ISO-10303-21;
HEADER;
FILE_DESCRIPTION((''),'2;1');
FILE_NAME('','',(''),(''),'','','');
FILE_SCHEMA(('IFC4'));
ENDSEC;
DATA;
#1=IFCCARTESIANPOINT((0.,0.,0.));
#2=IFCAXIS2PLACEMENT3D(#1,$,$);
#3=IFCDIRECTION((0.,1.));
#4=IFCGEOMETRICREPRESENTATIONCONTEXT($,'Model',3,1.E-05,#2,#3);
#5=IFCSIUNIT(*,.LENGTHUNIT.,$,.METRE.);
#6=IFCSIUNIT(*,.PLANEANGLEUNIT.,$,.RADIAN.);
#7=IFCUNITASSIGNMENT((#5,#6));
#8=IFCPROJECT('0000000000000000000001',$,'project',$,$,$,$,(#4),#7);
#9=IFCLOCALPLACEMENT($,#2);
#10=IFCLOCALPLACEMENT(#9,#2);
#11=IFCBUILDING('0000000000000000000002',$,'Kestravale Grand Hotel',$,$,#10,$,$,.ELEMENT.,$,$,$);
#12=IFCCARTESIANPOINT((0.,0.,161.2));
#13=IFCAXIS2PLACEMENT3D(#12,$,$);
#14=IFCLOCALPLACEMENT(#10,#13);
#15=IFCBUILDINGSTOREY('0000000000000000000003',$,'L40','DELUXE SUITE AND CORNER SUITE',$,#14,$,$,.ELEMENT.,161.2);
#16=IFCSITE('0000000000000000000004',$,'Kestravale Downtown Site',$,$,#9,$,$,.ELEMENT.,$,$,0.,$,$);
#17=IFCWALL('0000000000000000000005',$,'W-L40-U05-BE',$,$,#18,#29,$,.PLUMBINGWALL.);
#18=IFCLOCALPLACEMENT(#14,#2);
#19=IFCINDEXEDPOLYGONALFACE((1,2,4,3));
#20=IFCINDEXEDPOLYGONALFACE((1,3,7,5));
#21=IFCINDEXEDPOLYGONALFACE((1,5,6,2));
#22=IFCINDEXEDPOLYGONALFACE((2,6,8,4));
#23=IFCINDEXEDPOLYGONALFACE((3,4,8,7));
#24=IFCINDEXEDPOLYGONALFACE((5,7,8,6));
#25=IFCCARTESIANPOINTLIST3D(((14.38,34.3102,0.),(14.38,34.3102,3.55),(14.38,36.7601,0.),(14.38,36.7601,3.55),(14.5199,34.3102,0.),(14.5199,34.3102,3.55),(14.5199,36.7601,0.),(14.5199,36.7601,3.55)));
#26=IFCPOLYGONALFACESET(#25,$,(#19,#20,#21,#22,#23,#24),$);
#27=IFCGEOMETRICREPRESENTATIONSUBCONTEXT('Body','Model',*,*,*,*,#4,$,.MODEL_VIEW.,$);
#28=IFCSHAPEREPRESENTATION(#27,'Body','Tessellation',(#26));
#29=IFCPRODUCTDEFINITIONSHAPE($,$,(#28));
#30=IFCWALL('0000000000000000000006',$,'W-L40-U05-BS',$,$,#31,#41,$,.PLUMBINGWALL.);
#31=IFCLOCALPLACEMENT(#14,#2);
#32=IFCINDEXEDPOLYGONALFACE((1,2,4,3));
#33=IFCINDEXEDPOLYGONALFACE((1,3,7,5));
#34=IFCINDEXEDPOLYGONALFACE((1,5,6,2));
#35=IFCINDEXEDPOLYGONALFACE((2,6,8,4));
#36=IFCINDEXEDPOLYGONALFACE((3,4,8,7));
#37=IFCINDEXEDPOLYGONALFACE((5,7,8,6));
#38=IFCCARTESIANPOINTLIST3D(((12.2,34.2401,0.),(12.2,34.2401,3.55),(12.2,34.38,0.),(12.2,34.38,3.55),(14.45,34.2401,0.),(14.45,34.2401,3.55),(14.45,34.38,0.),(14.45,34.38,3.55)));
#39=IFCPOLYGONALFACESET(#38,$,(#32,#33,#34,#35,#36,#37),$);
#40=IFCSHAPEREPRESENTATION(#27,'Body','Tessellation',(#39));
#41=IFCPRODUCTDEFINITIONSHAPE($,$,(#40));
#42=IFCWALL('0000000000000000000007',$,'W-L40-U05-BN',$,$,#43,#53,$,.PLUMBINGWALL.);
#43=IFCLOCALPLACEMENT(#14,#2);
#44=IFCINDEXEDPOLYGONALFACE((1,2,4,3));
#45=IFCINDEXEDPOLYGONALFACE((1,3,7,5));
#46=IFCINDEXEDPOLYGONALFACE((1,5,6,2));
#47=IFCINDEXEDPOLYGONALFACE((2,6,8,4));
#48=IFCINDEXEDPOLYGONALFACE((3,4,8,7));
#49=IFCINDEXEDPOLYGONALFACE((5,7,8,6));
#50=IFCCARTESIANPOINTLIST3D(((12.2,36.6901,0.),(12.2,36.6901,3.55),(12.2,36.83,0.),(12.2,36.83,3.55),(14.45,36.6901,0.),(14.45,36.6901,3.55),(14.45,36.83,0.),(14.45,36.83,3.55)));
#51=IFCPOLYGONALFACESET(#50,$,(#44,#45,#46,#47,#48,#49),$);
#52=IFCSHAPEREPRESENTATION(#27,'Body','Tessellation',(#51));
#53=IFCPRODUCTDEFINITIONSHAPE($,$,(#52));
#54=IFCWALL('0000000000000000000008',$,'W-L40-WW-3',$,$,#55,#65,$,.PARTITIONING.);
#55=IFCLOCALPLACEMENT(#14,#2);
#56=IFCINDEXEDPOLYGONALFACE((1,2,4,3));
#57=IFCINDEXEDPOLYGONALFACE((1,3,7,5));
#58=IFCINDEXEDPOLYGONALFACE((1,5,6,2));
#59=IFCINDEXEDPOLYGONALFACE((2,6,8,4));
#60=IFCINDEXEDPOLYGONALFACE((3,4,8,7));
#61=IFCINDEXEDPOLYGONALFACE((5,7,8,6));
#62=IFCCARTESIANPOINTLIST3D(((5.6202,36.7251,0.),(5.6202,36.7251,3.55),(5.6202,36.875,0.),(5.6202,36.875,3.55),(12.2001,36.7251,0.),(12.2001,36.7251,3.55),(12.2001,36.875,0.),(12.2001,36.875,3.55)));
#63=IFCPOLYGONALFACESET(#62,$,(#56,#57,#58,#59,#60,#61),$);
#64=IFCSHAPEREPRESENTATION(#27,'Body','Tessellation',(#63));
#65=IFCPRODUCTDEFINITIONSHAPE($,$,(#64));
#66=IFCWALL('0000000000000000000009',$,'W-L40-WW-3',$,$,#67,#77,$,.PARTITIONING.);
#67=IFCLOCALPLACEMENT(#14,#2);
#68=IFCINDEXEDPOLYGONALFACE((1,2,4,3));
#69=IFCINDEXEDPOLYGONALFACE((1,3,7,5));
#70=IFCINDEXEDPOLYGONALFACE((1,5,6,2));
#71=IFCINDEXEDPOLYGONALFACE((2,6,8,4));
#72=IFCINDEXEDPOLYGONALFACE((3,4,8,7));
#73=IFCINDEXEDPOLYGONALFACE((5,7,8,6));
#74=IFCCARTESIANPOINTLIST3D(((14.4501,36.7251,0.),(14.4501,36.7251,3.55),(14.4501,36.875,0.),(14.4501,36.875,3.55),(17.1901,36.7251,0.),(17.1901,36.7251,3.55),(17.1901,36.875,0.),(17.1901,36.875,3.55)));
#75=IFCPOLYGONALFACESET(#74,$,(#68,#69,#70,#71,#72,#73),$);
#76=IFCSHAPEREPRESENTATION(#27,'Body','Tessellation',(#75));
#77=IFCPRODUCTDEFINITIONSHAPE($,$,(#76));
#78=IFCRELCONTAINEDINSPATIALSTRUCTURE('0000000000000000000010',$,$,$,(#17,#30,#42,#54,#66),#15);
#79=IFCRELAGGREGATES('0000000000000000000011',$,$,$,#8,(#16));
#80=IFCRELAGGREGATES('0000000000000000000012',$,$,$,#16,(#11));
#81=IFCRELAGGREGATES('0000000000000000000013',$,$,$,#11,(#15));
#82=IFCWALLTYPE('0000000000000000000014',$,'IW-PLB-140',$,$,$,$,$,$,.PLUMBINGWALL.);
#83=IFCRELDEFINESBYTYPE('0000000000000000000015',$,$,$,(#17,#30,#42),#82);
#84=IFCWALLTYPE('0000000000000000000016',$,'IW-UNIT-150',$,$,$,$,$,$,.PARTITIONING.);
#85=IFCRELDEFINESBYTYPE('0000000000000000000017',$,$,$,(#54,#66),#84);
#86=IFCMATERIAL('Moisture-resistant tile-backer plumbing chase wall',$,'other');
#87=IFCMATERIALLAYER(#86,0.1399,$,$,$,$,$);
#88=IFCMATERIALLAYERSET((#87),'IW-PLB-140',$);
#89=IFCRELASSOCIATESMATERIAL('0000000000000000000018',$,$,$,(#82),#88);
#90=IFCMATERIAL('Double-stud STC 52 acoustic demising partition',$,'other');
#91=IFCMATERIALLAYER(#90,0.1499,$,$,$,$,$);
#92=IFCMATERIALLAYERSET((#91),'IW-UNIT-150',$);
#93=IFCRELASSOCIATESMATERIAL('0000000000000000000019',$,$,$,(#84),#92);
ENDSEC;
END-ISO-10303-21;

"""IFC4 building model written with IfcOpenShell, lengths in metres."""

from ifc_helpers import new_model, si_unit, direction, frame, frame_2d, origin, place, context, subcontext, project, spatial, rectangle, extrude, material, layer, layer_set, type_object, element, save


model = new_model("IFC4")

# Units and contexts
model_context = context("Model", 3, precision=1e-05, world=origin(), true_north=direction((0.0, 1.0)))
body_context = subcontext(model_context, "Body", "Model", "MODEL_VIEW")
ifc_project = project(units=[si_unit("LENGTHUNIT", "METRE"), si_unit("PLANEANGLEUNIT", "RADIAN")], contexts=[model_context])

# Site, building, storey
site_placement = place(None, origin())
site = spatial("IfcSite", under=ifc_project, at=site_placement, Name="Kestravale Downtown Site", CompositionType="ELEMENT", RefElevation=0.0)
building_placement = place(site_placement, origin())
building = spatial("IfcBuilding", under=site, at=building_placement, Name="Kestravale Grand Hotel", CompositionType="ELEMENT")
storey_placement = place(building_placement, frame((0.0, 0.0, 161.2)))
storey = spatial("IfcBuildingStorey", under=building, at=storey_placement, Name="L40", Description="DELUXE SUITE AND CORNER SUITE", CompositionType="ELEMENT", Elevation=161.2)

# Shared definitions
ifc_material_1 = material(Name="Moisture-resistant tile-backer plumbing chase wall", Category="other")
ifc_layer_1 = layer(ifc_material_1, 0.1399)
ifc_layer_set_1 = layer_set([ifc_layer_1], Name="IW-PLB-140")
wall_type_1 = type_object("IfcWallType", Name="IW-PLB-140", PredefinedType="PLUMBINGWALL", material=ifc_layer_set_1)

# Walls
wall_1_placement = place(storey_placement, frame((14.45, 34.3101, 0.0), z_axis=(0.0, 0.0, 1.0), x_axis=(0.0, 1.0, 0.0)))
element("IfcWall", 1, at=wall_1_placement, inside=storey, type_object=wall_type_1, Name="W-L40-U05-BE", PredefinedType="PLUMBINGWALL", context=body_context, shape_type="SweptSolid", body=[
    extrude(rectangle(XDim=2.45, YDim=0.1399, at=frame_2d((1.2251, 0.0))), origin(), (0.0, 0.0, 1.0), 3.55),
])
for number, where, z_axis, x_axis, name in (
    (2, (12.2, 34.3101, 0.0), (0.0, 0.0, 1.0), (1.0, 0.0, 0.0), "W-L40-U05-BS"),
    (3, (12.2, 36.76, 0.0), (0.0, 0.0, 1.0), (1.0, 0.0, 0.0), "W-L40-U05-BN"),
):
    element("IfcWall", number, at=place(storey_placement, frame(where, z_axis=z_axis, x_axis=x_axis)), inside=storey, type_object=wall_type_1, Name=name, PredefinedType="PLUMBINGWALL", context=body_context, shape_type="SweptSolid", body=[
        extrude(rectangle(XDim=2.25, YDim=0.1399, at=frame_2d((1.125, 0.0))), origin(), (0.0, 0.0, 1.0), 3.55),
    ])
ifc_material_2 = material(Name="Double-stud STC 52 acoustic demising partition", Category="other")
ifc_layer_2 = layer(ifc_material_2, 0.1499)
ifc_layer_set_2 = layer_set([ifc_layer_2], Name="IW-UNIT-150")
wall_type_2 = type_object("IfcWallType", Name="IW-UNIT-150", PredefinedType="PARTITIONING", material=ifc_layer_set_2)
wall_2_placement = place(storey_placement, frame((5.6201, 36.8, 0.0), z_axis=(0.0, 0.0, 1.0), x_axis=(1.0, 0.0, 0.0)))
element("IfcWall", 4, at=wall_2_placement, inside=storey, type_object=wall_type_2, Name="W-L40-WW-3", PredefinedType="PARTITIONING", context=body_context, shape_type="SweptSolid", body=[
    extrude(rectangle(XDim=6.5798, YDim=0.1499, at=frame_2d((3.29, 0.0))), origin(), (0.0, 0.0, 1.0), 3.55),
])
wall_3_placement = place(storey_placement, frame((14.45, 36.8, 0.0), z_axis=(0.0, 0.0, 1.0), x_axis=(1.0, 0.0, 0.0)))
element("IfcWall", 5, at=wall_3_placement, inside=storey, type_object=wall_type_2, Name="W-L40-WW-3", PredefinedType="PARTITIONING", context=body_context, shape_type="SweptSolid", body=[
    extrude(rectangle(XDim=2.74, YDim=0.1499, at=frame_2d((1.3701, 0.0))), origin(), (0.0, 0.0, 1.0), 3.55),
])

save(model, "model.ifc")
